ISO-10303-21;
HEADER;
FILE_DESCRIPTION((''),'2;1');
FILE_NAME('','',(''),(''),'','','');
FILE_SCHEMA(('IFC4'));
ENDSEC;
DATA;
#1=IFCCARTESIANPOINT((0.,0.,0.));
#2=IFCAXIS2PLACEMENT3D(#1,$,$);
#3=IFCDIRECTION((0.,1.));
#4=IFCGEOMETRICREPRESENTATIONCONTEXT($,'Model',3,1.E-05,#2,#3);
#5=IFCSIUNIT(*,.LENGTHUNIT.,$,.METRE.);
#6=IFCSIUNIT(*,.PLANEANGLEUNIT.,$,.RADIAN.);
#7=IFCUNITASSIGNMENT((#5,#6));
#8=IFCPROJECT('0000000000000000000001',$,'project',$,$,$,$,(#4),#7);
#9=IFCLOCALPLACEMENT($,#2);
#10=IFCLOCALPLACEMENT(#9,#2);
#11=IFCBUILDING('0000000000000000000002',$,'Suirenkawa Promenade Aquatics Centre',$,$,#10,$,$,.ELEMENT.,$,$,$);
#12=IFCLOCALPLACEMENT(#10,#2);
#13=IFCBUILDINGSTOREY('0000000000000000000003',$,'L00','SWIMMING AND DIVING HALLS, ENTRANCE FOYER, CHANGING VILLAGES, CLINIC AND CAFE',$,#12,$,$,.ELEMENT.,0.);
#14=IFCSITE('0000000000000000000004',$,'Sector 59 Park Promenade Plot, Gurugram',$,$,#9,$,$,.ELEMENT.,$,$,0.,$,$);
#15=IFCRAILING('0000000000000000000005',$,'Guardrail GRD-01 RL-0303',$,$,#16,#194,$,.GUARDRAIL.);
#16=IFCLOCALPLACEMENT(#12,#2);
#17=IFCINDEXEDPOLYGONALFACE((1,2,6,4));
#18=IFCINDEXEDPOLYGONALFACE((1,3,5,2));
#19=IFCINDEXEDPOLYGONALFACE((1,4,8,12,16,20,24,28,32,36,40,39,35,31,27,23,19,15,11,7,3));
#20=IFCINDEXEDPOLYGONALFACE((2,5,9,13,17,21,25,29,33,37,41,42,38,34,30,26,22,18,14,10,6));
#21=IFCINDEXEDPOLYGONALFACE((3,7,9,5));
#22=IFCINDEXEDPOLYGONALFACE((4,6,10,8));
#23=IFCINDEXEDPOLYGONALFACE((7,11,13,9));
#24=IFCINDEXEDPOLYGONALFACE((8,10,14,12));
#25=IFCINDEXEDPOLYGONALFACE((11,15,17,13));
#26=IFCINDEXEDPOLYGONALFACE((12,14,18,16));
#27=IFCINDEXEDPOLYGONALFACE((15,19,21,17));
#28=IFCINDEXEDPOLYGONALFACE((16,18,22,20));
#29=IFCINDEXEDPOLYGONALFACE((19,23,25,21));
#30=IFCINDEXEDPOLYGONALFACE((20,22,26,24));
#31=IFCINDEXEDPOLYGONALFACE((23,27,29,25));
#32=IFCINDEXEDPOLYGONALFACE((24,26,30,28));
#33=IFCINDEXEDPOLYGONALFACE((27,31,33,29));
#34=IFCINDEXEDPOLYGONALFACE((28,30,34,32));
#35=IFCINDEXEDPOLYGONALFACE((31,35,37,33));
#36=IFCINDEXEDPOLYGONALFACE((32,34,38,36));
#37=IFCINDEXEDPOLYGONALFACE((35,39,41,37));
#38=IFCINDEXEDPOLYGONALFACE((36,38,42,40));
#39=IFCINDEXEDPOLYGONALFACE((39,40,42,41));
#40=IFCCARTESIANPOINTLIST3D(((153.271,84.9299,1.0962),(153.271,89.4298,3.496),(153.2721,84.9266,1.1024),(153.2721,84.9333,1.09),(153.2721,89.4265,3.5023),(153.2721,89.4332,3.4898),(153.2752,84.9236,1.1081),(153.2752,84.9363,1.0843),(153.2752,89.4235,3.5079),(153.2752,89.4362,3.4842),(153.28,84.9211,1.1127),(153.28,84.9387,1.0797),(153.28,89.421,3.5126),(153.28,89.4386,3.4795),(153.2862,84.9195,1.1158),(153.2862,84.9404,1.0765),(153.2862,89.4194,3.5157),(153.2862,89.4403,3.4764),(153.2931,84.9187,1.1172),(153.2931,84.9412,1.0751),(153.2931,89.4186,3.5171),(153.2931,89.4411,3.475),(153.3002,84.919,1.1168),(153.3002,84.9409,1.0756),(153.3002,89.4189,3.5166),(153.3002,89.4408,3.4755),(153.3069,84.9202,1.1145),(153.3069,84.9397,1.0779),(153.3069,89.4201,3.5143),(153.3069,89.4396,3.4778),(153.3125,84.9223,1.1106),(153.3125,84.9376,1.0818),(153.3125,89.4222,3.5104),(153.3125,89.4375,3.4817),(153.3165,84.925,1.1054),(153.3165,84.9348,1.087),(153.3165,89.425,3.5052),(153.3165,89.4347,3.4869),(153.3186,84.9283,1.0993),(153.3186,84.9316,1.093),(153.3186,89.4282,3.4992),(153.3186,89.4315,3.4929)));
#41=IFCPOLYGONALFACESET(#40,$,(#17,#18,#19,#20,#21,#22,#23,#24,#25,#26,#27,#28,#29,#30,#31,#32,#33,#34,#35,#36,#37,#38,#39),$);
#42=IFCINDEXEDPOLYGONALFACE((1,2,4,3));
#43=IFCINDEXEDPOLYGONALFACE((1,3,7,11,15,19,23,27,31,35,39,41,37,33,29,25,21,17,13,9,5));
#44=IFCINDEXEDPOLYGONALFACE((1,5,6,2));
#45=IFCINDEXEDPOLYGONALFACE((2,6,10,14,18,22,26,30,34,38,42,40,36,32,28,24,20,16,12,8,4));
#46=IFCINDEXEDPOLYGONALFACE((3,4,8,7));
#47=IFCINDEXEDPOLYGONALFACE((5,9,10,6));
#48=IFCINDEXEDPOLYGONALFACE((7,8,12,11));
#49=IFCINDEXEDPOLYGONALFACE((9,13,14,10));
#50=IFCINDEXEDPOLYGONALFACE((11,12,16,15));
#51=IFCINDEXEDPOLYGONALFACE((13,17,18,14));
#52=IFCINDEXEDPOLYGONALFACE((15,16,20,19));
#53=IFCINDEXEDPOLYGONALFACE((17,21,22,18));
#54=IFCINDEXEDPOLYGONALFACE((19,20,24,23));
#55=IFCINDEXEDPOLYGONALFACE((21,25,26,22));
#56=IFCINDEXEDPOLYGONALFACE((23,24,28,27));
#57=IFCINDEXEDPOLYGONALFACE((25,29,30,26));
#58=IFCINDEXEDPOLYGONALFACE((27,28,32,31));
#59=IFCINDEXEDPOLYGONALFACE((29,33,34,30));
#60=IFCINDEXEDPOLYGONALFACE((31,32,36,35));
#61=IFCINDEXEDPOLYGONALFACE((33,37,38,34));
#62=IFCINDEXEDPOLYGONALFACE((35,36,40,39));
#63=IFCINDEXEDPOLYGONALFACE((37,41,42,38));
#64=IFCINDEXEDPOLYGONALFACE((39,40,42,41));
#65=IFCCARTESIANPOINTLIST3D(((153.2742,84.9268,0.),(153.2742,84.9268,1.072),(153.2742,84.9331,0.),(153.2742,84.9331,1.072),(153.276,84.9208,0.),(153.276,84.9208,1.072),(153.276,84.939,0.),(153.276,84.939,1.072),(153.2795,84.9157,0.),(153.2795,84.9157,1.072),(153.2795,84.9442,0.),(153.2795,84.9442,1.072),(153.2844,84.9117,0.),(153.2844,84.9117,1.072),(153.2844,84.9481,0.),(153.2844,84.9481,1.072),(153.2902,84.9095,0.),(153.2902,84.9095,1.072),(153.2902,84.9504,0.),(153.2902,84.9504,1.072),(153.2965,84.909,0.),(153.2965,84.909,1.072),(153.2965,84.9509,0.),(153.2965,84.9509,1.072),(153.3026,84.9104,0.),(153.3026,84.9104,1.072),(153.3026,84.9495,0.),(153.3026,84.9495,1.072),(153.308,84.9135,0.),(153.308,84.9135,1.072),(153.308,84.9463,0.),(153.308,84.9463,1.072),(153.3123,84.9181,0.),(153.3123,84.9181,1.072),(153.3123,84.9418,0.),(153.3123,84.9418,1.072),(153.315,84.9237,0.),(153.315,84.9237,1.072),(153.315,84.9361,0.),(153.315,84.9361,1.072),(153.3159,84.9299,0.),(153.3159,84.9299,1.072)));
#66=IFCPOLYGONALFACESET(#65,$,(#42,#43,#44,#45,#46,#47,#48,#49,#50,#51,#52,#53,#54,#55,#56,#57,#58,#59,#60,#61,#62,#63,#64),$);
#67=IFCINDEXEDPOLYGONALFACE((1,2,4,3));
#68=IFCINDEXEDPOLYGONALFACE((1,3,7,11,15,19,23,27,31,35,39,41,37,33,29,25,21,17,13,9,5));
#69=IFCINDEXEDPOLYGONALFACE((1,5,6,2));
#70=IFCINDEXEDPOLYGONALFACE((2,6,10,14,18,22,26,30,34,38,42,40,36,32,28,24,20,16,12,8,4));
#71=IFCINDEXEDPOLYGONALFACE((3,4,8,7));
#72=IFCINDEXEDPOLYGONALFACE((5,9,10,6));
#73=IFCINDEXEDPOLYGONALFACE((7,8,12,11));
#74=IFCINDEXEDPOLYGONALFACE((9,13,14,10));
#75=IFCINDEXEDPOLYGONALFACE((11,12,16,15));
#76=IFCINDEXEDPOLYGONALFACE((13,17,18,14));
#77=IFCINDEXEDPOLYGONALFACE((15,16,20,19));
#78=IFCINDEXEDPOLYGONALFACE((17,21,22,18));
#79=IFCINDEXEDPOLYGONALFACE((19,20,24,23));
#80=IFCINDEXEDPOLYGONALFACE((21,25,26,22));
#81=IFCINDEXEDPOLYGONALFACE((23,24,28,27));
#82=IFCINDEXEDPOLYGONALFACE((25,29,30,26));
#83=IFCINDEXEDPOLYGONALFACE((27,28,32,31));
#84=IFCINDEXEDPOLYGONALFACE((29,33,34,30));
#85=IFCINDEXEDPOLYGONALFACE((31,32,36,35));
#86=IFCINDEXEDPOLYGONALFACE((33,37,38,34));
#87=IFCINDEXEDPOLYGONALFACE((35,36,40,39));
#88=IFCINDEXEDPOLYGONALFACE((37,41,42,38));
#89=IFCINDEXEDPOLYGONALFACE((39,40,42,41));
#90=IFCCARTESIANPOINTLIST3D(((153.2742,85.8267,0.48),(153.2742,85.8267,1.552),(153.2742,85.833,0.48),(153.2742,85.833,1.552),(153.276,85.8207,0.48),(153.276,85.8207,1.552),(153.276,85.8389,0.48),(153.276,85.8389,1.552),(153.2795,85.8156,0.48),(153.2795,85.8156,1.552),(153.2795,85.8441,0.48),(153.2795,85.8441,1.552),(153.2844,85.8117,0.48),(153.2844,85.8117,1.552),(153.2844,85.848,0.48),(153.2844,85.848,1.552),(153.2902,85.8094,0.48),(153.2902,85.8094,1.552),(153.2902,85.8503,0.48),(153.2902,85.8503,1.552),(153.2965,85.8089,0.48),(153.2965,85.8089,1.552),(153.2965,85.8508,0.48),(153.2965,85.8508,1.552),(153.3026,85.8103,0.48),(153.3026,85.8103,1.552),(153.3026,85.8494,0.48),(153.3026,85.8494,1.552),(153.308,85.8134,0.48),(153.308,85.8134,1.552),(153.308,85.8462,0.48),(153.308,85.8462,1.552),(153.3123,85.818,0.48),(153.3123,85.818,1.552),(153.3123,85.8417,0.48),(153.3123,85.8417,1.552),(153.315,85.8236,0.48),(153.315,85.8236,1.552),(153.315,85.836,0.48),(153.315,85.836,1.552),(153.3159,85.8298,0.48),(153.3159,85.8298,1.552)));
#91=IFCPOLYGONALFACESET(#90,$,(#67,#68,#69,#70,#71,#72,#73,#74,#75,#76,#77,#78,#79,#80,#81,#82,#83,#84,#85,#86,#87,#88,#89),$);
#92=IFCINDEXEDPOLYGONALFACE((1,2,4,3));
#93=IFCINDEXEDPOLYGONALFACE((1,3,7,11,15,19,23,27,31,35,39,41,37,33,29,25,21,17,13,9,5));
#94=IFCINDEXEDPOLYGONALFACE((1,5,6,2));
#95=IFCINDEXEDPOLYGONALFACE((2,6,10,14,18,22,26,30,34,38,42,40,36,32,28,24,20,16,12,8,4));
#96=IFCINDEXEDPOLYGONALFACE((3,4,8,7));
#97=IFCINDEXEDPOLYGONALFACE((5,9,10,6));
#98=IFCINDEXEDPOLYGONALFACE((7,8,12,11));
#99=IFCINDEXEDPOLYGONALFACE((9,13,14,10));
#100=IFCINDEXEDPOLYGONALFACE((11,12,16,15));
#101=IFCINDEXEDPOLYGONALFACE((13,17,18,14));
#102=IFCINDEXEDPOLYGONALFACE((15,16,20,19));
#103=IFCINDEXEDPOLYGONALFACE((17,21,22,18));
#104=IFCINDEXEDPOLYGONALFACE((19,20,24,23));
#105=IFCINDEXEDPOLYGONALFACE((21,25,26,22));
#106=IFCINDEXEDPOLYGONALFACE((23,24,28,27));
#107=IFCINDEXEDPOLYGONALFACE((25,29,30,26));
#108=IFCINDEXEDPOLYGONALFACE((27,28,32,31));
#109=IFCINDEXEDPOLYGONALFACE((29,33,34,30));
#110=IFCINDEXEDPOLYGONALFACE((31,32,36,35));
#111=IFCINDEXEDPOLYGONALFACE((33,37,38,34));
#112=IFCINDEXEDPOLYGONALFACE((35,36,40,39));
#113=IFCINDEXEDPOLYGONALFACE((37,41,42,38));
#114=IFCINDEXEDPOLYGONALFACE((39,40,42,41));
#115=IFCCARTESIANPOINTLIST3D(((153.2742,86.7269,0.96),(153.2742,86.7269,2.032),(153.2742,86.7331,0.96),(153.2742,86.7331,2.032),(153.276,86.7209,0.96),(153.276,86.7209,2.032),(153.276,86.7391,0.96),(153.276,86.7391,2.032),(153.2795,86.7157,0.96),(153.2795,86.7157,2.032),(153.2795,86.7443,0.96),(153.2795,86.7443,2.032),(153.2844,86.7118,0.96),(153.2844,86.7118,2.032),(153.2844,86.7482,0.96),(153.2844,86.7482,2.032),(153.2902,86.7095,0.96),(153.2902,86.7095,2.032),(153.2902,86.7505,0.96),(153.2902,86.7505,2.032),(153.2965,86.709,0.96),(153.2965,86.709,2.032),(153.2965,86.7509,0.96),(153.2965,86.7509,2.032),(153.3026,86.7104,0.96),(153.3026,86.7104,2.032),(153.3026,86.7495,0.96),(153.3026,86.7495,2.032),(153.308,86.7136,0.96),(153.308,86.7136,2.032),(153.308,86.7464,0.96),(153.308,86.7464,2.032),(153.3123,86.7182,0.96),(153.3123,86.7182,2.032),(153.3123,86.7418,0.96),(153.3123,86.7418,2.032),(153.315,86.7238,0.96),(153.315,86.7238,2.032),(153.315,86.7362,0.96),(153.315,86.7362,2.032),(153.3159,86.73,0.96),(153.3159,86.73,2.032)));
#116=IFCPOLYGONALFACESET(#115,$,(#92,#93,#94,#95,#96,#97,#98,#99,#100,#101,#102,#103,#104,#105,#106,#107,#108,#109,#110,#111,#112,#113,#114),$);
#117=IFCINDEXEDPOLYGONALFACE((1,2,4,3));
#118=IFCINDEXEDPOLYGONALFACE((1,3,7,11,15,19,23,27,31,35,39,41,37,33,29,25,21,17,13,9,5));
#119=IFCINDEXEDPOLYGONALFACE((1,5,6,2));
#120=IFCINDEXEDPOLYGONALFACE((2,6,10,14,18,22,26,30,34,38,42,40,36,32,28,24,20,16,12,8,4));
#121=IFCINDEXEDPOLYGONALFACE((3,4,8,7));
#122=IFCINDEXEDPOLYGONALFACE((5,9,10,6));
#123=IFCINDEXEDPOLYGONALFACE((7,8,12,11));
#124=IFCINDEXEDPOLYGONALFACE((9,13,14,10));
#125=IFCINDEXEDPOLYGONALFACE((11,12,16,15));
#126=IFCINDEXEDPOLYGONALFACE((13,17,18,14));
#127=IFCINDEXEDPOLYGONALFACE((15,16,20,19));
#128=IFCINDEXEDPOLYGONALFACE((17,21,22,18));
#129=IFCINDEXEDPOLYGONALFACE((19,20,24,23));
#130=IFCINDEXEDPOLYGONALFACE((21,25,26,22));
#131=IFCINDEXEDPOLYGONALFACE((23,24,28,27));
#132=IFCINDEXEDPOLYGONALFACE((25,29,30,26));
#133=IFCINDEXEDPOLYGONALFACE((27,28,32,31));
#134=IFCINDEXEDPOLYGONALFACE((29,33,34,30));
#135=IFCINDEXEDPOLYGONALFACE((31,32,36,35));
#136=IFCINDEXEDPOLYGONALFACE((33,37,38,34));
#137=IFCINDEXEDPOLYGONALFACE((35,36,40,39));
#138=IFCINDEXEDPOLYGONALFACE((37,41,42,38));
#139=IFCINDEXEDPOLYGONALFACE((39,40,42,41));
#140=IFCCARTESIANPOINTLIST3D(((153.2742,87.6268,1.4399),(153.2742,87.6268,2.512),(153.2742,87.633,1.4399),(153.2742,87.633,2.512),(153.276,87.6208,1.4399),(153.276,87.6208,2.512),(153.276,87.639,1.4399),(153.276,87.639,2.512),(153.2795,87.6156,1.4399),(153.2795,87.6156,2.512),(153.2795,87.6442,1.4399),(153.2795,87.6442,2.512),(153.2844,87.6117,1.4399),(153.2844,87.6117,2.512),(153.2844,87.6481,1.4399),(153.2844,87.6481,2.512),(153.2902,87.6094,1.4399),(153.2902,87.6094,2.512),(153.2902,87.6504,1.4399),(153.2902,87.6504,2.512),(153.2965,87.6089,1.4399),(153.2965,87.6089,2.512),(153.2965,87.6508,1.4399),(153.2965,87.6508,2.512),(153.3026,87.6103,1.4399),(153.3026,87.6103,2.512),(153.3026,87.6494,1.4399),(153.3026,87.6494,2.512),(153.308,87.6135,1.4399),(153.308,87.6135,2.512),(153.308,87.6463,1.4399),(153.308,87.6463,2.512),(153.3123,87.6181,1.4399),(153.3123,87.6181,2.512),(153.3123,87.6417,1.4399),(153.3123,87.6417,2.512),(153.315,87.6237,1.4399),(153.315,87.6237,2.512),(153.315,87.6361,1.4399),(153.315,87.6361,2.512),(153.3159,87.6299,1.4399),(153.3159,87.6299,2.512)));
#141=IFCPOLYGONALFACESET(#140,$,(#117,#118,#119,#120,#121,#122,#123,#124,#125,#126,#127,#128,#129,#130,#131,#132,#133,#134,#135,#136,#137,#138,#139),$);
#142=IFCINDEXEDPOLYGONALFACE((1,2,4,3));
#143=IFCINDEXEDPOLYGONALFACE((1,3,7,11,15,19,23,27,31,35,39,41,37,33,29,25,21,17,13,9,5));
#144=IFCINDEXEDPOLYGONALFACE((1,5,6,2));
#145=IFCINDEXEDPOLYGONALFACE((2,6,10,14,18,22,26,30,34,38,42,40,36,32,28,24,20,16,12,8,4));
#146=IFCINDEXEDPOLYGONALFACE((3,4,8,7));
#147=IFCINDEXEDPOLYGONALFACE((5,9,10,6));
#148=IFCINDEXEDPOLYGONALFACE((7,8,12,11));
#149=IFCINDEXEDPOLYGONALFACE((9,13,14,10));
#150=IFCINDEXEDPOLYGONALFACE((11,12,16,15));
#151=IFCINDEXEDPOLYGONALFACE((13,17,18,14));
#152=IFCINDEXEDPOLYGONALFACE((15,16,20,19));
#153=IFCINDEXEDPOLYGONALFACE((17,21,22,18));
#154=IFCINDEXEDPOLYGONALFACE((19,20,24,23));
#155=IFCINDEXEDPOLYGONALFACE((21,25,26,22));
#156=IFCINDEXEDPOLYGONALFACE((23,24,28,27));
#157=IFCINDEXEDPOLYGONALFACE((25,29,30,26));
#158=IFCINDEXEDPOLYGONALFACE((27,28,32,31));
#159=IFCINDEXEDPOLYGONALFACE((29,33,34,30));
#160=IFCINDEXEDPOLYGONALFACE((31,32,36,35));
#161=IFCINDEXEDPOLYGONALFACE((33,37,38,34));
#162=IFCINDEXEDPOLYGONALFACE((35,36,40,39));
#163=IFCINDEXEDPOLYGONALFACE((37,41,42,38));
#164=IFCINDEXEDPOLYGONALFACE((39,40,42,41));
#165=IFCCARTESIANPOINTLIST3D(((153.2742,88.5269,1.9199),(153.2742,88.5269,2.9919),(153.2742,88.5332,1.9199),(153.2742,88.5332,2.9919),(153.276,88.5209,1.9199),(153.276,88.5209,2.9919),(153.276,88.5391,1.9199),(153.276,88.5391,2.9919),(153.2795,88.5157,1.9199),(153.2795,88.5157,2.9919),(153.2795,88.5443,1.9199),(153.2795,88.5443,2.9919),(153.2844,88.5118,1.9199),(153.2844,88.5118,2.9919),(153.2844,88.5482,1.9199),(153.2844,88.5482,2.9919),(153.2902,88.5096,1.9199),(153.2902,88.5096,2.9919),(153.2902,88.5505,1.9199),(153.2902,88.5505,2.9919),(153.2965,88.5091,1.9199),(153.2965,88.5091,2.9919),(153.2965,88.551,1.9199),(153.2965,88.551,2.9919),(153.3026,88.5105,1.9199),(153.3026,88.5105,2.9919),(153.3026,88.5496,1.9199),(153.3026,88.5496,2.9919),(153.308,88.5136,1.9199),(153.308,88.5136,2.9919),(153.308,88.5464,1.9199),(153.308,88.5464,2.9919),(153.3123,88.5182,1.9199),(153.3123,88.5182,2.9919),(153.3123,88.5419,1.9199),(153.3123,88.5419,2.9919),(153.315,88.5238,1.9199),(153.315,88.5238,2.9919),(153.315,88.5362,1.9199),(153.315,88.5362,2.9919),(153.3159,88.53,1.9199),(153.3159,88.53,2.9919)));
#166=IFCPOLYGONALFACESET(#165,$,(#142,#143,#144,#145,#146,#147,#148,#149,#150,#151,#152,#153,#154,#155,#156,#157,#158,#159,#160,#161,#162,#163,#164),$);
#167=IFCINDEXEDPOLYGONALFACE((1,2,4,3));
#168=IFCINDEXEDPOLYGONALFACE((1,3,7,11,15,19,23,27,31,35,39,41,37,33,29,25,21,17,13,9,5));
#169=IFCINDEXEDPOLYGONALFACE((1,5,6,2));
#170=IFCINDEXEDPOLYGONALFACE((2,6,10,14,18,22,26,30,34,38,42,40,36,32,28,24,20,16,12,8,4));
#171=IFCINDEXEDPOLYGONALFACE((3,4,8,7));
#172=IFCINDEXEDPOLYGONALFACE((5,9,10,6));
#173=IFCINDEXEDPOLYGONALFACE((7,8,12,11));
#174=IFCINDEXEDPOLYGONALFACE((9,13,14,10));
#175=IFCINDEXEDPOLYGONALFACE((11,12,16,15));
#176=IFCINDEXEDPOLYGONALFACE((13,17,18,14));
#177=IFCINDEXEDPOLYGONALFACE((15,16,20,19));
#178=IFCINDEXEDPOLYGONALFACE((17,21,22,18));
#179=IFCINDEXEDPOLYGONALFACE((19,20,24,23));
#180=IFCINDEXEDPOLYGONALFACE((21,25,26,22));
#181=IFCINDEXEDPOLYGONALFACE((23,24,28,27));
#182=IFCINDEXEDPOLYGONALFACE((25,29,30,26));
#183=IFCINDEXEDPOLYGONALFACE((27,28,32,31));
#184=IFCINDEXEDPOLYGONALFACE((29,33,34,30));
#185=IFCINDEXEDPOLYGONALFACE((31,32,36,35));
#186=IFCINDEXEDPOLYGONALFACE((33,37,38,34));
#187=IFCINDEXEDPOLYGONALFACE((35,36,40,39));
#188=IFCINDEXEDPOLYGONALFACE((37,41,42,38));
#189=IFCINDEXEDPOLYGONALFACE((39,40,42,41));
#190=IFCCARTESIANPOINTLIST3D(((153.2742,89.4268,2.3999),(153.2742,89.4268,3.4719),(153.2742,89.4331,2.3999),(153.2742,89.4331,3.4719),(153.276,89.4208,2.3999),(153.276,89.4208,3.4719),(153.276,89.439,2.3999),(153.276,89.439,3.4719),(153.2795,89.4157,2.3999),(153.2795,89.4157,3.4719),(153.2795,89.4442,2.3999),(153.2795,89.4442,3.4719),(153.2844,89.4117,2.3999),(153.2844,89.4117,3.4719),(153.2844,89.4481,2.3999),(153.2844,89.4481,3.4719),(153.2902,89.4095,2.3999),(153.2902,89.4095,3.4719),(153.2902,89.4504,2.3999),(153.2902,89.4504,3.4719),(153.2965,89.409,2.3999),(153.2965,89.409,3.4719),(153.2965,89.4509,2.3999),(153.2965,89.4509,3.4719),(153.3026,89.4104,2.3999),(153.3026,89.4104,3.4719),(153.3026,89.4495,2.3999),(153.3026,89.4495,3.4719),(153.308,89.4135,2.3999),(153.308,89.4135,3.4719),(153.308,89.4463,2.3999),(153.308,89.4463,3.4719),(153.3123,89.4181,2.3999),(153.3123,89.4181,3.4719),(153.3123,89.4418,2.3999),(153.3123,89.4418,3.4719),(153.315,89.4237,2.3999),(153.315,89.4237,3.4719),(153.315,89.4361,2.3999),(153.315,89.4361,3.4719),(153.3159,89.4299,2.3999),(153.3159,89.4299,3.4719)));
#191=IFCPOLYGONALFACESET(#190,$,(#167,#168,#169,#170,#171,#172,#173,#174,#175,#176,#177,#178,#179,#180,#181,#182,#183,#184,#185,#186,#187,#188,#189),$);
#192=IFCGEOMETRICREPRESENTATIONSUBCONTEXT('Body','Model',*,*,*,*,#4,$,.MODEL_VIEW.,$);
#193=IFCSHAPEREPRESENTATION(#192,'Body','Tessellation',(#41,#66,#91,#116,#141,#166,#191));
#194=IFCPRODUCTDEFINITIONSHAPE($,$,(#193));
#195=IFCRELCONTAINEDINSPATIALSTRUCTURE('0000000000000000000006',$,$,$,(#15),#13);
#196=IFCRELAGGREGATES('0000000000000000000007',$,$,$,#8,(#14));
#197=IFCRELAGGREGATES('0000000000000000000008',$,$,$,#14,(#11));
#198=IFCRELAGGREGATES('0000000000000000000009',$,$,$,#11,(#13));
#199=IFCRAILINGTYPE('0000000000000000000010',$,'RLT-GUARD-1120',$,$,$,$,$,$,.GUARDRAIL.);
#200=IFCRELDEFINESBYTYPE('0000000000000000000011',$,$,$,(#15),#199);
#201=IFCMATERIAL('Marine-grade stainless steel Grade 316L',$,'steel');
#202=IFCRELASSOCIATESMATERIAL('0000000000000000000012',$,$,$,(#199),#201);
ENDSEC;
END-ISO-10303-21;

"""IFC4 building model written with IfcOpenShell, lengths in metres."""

from ifc_helpers import new_model, si_unit, direction, frame, origin, origin_2d, place, context, subcontext, project, spatial, circle, extrude, material, type_object, element, save


model = new_model("IFC4")

# Units and contexts
model_context = context("Model", 3, precision=1e-05, world=origin(), true_north=direction((0.0, 1.0)))
body_context = subcontext(model_context, "Body", "Model", "MODEL_VIEW")
ifc_project = project(units=[si_unit("LENGTHUNIT", "METRE"), si_unit("PLANEANGLEUNIT", "RADIAN")], contexts=[model_context])

# Site, building, storey
site_placement = place(None, origin())
site = spatial("IfcSite", under=ifc_project, at=site_placement, Name="Sector 59 Park Promenade Plot, Gurugram", CompositionType="ELEMENT", RefElevation=0.0)
building_placement = place(site_placement, origin())
building = spatial("IfcBuilding", under=site, at=building_placement, Name="Suirenkawa Promenade Aquatics Centre", CompositionType="ELEMENT")
storey_placement = place(building_placement, origin())
storey = spatial("IfcBuildingStorey", under=building, at=storey_placement, Name="L00", Description="SWIMMING AND DIVING HALLS, ENTRANCE FOYER, CHANGING VILLAGES, CLINIC AND CAFE", CompositionType="ELEMENT", Elevation=0.0)

# Railing
ifc_material_1 = material(Name="Marine-grade stainless steel Grade 316L", Category="steel")
railing_type_1 = type_object("IfcRailingType", Name="RLT-GUARD-1120", PredefinedType="GUARDRAIL", material=ifc_material_1)
for number, where, name in (
    (1, (153.2949, 84.9299, 0.0), "Guardrail GRD-01 RL-0303"),
):
    element("IfcRailing", number, at=place(storey_placement, frame(where)), inside=storey, type_object=railing_type_1, Name=name, PredefinedType="GUARDRAIL", context=body_context, shape_type="SweptSolid", body=[
        extrude(circle(Radius=0.0239, at=origin_2d()), frame((0.0, 0.0, 1.0962), z_axis=(0.0, 0.882361, 0.470573), x_axis=(-1.0, 0.0, 0.0)), (0.0, 0.0, 1.0), 5.0999),
        extrude(circle(Radius=0.021, at=origin_2d()), origin(), (0.0, 0.0, 1.0), 1.072),
        extrude(circle(Radius=0.021, at=origin_2d()), frame((0.0, 0.8999, 0.48)), (0.0, 0.0, 1.0), 1.072),
        extrude(circle(Radius=0.021, at=origin_2d()), frame((0.0, 1.8, 0.96)), (0.0, 0.0, 1.0), 1.072),
        extrude(circle(Radius=0.021, at=origin_2d()), frame((0.0, 2.7, 1.4399)), (0.0, 0.0, 1.0), 1.072),
        extrude(circle(Radius=0.021, at=origin_2d()), frame((0.0, 3.6001, 1.9199)), (0.0, 0.0, 1.0), 1.072),
        extrude(circle(Radius=0.021, at=origin_2d()), frame((0.0, 4.5, 2.3999)), (0.0, 0.0, 1.0), 1.072),
    ])

save(model, "model.ifc")
